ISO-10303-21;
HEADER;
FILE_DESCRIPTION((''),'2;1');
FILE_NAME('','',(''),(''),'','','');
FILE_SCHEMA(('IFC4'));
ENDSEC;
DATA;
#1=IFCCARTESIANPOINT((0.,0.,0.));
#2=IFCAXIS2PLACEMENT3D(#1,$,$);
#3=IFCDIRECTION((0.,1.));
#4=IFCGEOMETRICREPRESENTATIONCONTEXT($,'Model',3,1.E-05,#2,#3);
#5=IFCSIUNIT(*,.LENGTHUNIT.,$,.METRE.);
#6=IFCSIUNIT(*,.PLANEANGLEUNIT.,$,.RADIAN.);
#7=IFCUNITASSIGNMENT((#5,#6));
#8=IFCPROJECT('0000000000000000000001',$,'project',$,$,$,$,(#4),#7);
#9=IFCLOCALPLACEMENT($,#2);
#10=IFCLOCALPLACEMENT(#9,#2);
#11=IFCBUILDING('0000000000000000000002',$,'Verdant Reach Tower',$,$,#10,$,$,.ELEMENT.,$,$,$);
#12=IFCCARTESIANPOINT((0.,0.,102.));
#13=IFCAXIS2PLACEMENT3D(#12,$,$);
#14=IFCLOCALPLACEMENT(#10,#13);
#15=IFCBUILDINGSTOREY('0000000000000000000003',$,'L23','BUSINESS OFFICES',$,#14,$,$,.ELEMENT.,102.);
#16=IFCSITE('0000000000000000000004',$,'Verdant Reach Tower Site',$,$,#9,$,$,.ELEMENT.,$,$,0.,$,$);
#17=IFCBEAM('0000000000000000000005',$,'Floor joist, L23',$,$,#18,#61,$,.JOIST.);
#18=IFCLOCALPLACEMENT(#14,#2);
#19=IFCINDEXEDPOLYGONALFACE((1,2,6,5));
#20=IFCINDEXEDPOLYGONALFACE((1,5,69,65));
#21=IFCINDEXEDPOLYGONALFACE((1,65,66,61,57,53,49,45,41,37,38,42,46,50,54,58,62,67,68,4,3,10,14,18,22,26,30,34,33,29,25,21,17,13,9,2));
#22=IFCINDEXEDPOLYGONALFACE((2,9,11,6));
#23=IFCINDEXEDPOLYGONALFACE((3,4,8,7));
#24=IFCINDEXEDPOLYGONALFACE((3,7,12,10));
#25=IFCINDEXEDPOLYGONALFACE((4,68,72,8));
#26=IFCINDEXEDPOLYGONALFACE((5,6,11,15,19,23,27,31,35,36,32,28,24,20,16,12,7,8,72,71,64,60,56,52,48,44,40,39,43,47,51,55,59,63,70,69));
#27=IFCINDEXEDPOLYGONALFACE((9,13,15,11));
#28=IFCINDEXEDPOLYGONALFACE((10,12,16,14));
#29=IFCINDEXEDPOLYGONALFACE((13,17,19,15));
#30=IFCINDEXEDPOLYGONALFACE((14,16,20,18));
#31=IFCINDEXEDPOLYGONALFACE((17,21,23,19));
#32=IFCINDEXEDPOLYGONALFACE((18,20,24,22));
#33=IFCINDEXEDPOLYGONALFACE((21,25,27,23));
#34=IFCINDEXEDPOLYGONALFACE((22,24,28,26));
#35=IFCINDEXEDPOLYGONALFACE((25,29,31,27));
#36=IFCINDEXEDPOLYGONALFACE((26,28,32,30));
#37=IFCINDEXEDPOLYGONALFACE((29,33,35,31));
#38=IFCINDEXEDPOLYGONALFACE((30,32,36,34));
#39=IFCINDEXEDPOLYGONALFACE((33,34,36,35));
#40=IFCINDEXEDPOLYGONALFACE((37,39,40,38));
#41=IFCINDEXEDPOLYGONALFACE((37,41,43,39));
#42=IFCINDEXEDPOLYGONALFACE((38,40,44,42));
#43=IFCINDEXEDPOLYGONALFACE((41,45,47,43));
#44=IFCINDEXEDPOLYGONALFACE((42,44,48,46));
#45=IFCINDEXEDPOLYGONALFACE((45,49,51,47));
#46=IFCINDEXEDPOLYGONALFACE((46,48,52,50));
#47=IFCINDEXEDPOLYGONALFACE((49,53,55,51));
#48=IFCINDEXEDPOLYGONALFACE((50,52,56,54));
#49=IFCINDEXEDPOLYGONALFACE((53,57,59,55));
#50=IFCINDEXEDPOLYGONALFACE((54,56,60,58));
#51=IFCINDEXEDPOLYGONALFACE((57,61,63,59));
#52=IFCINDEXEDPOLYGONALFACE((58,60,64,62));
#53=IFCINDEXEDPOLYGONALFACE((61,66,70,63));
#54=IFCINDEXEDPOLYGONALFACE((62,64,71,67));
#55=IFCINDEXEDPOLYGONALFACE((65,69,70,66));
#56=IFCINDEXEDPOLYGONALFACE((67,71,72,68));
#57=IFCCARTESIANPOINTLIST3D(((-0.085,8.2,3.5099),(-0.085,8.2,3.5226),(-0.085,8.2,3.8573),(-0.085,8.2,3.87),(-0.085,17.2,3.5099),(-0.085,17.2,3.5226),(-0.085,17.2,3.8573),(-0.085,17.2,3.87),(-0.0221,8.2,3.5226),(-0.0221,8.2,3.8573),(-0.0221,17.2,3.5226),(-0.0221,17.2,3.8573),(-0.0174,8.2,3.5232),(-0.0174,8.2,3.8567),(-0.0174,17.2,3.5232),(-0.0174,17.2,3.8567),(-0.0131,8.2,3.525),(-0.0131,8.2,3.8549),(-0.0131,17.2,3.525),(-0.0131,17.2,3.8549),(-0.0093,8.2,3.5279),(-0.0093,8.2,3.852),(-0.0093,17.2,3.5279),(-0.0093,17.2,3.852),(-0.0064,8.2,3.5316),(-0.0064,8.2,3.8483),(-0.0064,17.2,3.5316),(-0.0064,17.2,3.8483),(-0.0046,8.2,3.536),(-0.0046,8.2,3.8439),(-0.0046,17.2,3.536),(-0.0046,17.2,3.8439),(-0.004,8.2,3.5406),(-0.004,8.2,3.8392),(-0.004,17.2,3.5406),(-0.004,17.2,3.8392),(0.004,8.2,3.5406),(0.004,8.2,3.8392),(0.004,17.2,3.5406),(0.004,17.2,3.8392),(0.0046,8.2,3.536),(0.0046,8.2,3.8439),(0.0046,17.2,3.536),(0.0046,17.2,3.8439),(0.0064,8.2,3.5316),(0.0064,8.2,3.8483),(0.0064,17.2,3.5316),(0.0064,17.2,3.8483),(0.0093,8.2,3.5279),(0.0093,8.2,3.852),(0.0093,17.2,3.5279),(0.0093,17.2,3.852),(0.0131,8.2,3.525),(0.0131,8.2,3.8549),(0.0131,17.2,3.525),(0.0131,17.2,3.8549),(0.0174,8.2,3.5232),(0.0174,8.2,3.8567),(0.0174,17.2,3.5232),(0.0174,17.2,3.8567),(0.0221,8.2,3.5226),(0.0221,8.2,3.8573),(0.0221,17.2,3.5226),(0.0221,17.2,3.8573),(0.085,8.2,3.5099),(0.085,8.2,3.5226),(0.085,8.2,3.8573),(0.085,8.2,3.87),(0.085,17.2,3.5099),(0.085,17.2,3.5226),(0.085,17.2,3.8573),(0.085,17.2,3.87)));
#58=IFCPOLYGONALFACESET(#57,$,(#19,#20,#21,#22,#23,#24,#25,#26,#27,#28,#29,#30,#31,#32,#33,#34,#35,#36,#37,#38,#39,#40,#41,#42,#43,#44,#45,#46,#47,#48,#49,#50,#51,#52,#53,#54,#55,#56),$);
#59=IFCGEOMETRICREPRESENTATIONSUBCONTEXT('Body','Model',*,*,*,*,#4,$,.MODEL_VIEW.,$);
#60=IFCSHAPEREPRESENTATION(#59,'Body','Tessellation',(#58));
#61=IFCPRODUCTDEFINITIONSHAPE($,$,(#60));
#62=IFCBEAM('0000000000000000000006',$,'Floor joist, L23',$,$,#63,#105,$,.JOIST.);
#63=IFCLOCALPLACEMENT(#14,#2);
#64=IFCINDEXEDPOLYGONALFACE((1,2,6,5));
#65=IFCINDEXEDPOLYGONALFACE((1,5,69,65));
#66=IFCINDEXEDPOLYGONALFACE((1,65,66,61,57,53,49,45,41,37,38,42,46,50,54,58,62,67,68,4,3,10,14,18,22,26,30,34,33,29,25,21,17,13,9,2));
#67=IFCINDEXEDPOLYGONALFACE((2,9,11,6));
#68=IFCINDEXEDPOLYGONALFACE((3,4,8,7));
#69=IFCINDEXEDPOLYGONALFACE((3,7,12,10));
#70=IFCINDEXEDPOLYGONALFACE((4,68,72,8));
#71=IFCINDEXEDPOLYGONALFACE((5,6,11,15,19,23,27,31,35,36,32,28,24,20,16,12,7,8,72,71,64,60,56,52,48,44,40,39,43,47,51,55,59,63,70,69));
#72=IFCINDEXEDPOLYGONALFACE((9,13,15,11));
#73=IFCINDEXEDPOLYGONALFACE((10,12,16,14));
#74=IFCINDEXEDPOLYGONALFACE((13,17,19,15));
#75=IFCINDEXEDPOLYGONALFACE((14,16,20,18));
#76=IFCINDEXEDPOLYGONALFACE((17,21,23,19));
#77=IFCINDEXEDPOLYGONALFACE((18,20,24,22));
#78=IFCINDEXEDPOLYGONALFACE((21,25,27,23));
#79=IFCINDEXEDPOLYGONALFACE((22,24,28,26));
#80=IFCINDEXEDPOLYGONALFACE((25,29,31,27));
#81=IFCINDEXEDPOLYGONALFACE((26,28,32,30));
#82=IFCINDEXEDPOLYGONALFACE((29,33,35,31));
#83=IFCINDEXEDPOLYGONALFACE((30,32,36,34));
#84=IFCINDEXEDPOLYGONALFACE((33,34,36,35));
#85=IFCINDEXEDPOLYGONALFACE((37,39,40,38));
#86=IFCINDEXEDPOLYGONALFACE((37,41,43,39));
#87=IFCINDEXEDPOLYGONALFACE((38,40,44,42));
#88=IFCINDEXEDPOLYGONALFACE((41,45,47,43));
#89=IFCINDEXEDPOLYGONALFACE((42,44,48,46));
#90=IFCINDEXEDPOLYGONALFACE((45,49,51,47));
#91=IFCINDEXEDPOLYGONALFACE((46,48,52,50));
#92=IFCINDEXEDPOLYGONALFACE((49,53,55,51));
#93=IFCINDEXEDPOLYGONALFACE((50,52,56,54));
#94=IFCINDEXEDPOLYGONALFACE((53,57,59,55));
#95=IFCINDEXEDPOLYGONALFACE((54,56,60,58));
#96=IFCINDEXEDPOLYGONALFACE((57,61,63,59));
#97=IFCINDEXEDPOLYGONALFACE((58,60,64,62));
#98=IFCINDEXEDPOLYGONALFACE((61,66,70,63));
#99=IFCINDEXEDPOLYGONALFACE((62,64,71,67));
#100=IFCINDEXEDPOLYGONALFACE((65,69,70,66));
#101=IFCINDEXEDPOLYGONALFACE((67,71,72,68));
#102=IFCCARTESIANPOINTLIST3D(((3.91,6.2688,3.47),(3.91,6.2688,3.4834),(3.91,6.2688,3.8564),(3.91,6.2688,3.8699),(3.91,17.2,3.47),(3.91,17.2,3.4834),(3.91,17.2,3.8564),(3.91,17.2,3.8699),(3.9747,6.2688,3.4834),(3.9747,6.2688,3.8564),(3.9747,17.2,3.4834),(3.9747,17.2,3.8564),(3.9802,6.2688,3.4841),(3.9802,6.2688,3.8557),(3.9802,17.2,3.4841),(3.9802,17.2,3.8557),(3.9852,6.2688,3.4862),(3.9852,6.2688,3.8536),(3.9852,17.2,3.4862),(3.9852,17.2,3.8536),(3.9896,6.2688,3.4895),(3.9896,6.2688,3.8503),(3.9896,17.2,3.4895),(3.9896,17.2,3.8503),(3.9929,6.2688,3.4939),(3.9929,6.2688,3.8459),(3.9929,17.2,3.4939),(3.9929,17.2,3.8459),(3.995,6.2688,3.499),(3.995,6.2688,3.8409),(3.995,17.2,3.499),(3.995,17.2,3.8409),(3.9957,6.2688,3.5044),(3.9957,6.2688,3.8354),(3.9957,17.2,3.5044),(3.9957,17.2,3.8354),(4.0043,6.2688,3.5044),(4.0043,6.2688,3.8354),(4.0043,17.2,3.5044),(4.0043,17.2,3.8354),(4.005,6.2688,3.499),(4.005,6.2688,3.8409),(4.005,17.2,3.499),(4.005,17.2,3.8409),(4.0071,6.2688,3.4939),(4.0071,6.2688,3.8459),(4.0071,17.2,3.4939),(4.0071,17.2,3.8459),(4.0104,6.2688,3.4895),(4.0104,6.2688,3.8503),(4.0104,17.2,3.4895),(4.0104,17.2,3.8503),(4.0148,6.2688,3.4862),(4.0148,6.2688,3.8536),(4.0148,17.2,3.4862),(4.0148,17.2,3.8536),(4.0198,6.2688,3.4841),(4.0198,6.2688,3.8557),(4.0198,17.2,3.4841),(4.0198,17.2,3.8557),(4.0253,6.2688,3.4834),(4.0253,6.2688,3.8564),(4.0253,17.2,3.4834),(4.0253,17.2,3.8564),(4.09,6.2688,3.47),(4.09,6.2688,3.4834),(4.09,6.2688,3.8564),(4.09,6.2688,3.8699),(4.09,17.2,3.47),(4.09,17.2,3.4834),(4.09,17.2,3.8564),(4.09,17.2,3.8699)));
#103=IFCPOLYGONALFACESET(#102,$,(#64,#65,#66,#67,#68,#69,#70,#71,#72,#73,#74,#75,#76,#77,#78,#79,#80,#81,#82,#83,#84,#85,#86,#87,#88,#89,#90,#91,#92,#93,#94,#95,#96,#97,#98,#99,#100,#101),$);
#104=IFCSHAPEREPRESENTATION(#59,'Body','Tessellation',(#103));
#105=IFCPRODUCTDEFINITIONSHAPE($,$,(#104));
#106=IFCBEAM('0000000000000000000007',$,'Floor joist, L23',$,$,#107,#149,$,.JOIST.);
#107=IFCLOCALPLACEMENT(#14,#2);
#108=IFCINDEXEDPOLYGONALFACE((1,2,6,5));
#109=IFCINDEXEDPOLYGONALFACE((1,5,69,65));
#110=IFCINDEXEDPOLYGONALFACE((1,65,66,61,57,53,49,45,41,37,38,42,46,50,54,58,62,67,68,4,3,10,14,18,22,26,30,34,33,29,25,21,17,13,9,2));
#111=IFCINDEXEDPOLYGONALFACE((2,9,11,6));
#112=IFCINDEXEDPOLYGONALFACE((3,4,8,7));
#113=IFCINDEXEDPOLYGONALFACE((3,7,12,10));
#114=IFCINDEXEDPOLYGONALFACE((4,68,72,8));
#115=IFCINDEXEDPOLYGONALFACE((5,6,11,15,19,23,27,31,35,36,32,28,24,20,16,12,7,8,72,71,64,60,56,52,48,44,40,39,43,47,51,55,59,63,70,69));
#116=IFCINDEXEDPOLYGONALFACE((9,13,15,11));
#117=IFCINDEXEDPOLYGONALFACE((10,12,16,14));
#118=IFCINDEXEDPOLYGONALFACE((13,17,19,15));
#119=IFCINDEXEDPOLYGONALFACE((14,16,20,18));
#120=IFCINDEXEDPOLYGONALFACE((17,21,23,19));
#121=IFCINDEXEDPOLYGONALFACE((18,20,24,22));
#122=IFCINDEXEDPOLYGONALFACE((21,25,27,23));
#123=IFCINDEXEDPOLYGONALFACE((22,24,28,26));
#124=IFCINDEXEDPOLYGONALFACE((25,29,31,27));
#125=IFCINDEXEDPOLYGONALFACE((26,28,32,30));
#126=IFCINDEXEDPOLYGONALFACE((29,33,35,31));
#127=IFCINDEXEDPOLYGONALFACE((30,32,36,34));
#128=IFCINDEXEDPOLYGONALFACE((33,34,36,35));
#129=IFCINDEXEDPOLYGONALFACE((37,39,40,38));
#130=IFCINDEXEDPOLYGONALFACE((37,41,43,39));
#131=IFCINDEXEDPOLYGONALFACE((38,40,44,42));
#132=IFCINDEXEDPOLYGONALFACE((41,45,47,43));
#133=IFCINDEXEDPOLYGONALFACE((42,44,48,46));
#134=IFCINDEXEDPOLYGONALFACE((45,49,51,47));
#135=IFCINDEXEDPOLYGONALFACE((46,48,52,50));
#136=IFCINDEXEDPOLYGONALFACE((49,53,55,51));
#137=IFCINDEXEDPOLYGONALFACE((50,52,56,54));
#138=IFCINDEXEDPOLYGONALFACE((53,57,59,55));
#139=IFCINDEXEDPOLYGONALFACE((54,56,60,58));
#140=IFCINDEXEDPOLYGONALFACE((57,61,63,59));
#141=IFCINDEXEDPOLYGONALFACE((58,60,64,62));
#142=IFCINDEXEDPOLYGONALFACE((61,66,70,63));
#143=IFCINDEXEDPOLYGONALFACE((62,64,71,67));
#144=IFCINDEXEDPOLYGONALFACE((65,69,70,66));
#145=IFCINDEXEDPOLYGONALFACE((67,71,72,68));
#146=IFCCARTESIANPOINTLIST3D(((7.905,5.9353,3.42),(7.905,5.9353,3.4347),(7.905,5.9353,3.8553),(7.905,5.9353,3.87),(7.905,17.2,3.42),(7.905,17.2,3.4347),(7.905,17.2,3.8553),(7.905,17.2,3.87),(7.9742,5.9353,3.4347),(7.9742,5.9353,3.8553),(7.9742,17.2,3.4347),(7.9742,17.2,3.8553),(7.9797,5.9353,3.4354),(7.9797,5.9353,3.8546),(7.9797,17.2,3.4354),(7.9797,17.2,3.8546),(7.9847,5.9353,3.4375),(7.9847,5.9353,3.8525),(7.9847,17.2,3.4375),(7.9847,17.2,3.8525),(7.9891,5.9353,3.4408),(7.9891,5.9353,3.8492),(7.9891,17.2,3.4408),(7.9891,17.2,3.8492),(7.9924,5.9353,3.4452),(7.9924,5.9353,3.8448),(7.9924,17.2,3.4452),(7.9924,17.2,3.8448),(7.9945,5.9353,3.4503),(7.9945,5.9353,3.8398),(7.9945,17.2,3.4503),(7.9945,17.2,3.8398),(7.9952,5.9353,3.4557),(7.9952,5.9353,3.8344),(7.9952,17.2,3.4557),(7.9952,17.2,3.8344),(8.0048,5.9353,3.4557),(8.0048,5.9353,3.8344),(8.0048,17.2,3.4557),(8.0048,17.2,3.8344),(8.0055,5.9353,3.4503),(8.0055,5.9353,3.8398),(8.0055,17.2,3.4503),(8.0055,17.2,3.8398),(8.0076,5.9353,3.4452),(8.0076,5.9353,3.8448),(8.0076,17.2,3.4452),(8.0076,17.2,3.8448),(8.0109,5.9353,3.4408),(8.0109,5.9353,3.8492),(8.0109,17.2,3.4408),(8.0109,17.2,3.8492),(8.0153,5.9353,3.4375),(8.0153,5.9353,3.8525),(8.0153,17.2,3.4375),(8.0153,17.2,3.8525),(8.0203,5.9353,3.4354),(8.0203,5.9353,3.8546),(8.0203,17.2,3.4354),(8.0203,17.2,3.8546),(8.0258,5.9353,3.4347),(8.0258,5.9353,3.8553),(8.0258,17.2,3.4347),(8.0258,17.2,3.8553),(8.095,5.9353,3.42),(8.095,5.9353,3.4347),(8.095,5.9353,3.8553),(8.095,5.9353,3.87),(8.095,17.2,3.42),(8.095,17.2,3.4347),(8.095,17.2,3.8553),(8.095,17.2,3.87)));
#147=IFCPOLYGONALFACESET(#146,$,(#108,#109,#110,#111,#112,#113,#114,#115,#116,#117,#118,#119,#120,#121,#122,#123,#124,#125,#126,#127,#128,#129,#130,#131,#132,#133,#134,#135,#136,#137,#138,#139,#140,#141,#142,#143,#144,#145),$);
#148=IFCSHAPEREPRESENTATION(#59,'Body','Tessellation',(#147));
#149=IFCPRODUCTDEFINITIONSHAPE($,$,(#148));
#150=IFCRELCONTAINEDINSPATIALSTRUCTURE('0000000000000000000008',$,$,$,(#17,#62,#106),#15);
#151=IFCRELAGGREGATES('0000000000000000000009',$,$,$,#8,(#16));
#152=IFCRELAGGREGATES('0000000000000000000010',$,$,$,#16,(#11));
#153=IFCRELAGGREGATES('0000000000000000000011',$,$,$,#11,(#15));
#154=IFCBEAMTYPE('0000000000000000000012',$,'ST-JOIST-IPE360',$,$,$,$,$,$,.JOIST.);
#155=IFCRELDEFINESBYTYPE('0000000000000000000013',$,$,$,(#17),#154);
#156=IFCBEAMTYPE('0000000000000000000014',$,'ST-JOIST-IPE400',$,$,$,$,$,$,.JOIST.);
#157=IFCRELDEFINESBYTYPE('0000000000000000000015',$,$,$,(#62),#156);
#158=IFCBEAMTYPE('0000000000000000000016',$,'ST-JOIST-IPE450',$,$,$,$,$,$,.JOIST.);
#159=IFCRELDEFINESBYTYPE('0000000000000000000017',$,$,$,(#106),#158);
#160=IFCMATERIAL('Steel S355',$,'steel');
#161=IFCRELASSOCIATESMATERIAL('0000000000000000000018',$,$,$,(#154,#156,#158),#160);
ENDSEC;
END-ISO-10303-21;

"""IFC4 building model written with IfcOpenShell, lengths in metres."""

from ifc_helpers import new_model, si_unit, direction, frame, origin, origin_2d, place, context, subcontext, project, spatial, i_section, extrude, material, material_profile, profile_set, type_object, element, save


model = new_model("IFC4")

# Units and contexts
model_context = context("Model", 3, precision=1e-05, world=origin(), true_north=direction((0.0, 1.0)))
body_context = subcontext(model_context, "Body", "Model", "MODEL_VIEW")
ifc_project = project(units=[si_unit("LENGTHUNIT", "METRE"), si_unit("PLANEANGLEUNIT", "RADIAN")], contexts=[model_context])

# Site, building, storey
site_placement = place(None, origin())
site = spatial("IfcSite", under=ifc_project, at=site_placement, Name="Verdant Reach Tower Site", CompositionType="ELEMENT", RefElevation=0.0)
building_placement = place(site_placement, origin())
building = spatial("IfcBuilding", under=site, at=building_placement, Name="Verdant Reach Tower", CompositionType="ELEMENT")
storey_placement = place(building_placement, frame((0.0, 0.0, 102.0)))
storey = spatial("IfcBuildingStorey", under=building, at=storey_placement, Name="L23", Description="BUSINESS OFFICES", CompositionType="ELEMENT", Elevation=102.0)

# Beams
ifc_material_1 = material(Name="Steel S355", Category="steel")
ifc_material_profile_1 = material_profile(ifc_material_1, i_section(OverallWidth=0.1699, OverallDepth=0.3601, WebThickness=0.0081, FlangeThickness=0.0127, FilletRadius=0.0181, at=origin_2d()), Name="IPE 360")
ifc_profile_set_1 = profile_set([ifc_material_profile_1], Name="Steel S355")
beam_type_1 = type_object("IfcBeamType", Name="ST-JOIST-IPE360", PredefinedType="JOIST", material=ifc_profile_set_1)
beam_1_placement = place(storey_placement, frame((0.0, 17.2, 3.6899), z_axis=(0.0, -1.0, 0.0), x_axis=(1.0, 0.0, 0.0)))
element("IfcBeam", 1, at=beam_1_placement, inside=storey, type_object=beam_type_1, Name="Floor joist, L23", PredefinedType="JOIST", context=body_context, shape_type="SweptSolid", body=[
    extrude(i_section(OverallWidth=0.1699, OverallDepth=0.3601, WebThickness=0.0081, FlangeThickness=0.0127, FilletRadius=0.0181, at=origin_2d()), origin(), (0.0, 0.0, 1.0), 9.0),
])
ifc_material_profile_2 = material_profile(ifc_material_1, i_section(OverallWidth=0.1799, OverallDepth=0.3999, WebThickness=0.0085, FlangeThickness=0.0134, FilletRadius=0.021, at=origin_2d()), Name="IPE 400")
ifc_profile_set_2 = profile_set([ifc_material_profile_2], Name="Steel S355")
beam_type_2 = type_object("IfcBeamType", Name="ST-JOIST-IPE400", PredefinedType="JOIST", material=ifc_profile_set_2)
beam_2_placement = place(storey_placement, frame((4.0, 17.2, 3.6699), z_axis=(0.0, -1.0, 0.0), x_axis=(1.0, 0.0, 0.0)))
element("IfcBeam", 2, at=beam_2_placement, inside=storey, type_object=beam_type_2, Name="Floor joist, L23", PredefinedType="JOIST", context=body_context, shape_type="SweptSolid", body=[
    extrude(i_section(OverallWidth=0.1799, OverallDepth=0.3999, WebThickness=0.0085, FlangeThickness=0.0134, FilletRadius=0.021, at=origin_2d()), origin(), (0.0, 0.0, 1.0), 10.9312),
])
ifc_material_profile_3 = material_profile(ifc_material_1, i_section(OverallWidth=0.1899, OverallDepth=0.45, WebThickness=0.0095, FlangeThickness=0.0146, FilletRadius=0.021, at=origin_2d()), Name="IPE 450")
ifc_profile_set_3 = profile_set([ifc_material_profile_3], Name="Steel S355")
beam_type_3 = type_object("IfcBeamType", Name="ST-JOIST-IPE450", PredefinedType="JOIST", material=ifc_profile_set_3)
beam_3_placement = place(storey_placement, frame((8.0, 17.2, 3.645), z_axis=(0.0, -1.0, 0.0), x_axis=(1.0, 0.0, 0.0)))
element("IfcBeam", 3, at=beam_3_placement, inside=storey, type_object=beam_type_3, Name="Floor joist, L23", PredefinedType="JOIST", context=body_context, shape_type="SweptSolid", body=[
    extrude(i_section(OverallWidth=0.1899, OverallDepth=0.45, WebThickness=0.0095, FlangeThickness=0.0146, FilletRadius=0.021, at=origin_2d()), origin(), (0.0, 0.0, 1.0), 11.2646),
])

save(model, "model.ifc")
